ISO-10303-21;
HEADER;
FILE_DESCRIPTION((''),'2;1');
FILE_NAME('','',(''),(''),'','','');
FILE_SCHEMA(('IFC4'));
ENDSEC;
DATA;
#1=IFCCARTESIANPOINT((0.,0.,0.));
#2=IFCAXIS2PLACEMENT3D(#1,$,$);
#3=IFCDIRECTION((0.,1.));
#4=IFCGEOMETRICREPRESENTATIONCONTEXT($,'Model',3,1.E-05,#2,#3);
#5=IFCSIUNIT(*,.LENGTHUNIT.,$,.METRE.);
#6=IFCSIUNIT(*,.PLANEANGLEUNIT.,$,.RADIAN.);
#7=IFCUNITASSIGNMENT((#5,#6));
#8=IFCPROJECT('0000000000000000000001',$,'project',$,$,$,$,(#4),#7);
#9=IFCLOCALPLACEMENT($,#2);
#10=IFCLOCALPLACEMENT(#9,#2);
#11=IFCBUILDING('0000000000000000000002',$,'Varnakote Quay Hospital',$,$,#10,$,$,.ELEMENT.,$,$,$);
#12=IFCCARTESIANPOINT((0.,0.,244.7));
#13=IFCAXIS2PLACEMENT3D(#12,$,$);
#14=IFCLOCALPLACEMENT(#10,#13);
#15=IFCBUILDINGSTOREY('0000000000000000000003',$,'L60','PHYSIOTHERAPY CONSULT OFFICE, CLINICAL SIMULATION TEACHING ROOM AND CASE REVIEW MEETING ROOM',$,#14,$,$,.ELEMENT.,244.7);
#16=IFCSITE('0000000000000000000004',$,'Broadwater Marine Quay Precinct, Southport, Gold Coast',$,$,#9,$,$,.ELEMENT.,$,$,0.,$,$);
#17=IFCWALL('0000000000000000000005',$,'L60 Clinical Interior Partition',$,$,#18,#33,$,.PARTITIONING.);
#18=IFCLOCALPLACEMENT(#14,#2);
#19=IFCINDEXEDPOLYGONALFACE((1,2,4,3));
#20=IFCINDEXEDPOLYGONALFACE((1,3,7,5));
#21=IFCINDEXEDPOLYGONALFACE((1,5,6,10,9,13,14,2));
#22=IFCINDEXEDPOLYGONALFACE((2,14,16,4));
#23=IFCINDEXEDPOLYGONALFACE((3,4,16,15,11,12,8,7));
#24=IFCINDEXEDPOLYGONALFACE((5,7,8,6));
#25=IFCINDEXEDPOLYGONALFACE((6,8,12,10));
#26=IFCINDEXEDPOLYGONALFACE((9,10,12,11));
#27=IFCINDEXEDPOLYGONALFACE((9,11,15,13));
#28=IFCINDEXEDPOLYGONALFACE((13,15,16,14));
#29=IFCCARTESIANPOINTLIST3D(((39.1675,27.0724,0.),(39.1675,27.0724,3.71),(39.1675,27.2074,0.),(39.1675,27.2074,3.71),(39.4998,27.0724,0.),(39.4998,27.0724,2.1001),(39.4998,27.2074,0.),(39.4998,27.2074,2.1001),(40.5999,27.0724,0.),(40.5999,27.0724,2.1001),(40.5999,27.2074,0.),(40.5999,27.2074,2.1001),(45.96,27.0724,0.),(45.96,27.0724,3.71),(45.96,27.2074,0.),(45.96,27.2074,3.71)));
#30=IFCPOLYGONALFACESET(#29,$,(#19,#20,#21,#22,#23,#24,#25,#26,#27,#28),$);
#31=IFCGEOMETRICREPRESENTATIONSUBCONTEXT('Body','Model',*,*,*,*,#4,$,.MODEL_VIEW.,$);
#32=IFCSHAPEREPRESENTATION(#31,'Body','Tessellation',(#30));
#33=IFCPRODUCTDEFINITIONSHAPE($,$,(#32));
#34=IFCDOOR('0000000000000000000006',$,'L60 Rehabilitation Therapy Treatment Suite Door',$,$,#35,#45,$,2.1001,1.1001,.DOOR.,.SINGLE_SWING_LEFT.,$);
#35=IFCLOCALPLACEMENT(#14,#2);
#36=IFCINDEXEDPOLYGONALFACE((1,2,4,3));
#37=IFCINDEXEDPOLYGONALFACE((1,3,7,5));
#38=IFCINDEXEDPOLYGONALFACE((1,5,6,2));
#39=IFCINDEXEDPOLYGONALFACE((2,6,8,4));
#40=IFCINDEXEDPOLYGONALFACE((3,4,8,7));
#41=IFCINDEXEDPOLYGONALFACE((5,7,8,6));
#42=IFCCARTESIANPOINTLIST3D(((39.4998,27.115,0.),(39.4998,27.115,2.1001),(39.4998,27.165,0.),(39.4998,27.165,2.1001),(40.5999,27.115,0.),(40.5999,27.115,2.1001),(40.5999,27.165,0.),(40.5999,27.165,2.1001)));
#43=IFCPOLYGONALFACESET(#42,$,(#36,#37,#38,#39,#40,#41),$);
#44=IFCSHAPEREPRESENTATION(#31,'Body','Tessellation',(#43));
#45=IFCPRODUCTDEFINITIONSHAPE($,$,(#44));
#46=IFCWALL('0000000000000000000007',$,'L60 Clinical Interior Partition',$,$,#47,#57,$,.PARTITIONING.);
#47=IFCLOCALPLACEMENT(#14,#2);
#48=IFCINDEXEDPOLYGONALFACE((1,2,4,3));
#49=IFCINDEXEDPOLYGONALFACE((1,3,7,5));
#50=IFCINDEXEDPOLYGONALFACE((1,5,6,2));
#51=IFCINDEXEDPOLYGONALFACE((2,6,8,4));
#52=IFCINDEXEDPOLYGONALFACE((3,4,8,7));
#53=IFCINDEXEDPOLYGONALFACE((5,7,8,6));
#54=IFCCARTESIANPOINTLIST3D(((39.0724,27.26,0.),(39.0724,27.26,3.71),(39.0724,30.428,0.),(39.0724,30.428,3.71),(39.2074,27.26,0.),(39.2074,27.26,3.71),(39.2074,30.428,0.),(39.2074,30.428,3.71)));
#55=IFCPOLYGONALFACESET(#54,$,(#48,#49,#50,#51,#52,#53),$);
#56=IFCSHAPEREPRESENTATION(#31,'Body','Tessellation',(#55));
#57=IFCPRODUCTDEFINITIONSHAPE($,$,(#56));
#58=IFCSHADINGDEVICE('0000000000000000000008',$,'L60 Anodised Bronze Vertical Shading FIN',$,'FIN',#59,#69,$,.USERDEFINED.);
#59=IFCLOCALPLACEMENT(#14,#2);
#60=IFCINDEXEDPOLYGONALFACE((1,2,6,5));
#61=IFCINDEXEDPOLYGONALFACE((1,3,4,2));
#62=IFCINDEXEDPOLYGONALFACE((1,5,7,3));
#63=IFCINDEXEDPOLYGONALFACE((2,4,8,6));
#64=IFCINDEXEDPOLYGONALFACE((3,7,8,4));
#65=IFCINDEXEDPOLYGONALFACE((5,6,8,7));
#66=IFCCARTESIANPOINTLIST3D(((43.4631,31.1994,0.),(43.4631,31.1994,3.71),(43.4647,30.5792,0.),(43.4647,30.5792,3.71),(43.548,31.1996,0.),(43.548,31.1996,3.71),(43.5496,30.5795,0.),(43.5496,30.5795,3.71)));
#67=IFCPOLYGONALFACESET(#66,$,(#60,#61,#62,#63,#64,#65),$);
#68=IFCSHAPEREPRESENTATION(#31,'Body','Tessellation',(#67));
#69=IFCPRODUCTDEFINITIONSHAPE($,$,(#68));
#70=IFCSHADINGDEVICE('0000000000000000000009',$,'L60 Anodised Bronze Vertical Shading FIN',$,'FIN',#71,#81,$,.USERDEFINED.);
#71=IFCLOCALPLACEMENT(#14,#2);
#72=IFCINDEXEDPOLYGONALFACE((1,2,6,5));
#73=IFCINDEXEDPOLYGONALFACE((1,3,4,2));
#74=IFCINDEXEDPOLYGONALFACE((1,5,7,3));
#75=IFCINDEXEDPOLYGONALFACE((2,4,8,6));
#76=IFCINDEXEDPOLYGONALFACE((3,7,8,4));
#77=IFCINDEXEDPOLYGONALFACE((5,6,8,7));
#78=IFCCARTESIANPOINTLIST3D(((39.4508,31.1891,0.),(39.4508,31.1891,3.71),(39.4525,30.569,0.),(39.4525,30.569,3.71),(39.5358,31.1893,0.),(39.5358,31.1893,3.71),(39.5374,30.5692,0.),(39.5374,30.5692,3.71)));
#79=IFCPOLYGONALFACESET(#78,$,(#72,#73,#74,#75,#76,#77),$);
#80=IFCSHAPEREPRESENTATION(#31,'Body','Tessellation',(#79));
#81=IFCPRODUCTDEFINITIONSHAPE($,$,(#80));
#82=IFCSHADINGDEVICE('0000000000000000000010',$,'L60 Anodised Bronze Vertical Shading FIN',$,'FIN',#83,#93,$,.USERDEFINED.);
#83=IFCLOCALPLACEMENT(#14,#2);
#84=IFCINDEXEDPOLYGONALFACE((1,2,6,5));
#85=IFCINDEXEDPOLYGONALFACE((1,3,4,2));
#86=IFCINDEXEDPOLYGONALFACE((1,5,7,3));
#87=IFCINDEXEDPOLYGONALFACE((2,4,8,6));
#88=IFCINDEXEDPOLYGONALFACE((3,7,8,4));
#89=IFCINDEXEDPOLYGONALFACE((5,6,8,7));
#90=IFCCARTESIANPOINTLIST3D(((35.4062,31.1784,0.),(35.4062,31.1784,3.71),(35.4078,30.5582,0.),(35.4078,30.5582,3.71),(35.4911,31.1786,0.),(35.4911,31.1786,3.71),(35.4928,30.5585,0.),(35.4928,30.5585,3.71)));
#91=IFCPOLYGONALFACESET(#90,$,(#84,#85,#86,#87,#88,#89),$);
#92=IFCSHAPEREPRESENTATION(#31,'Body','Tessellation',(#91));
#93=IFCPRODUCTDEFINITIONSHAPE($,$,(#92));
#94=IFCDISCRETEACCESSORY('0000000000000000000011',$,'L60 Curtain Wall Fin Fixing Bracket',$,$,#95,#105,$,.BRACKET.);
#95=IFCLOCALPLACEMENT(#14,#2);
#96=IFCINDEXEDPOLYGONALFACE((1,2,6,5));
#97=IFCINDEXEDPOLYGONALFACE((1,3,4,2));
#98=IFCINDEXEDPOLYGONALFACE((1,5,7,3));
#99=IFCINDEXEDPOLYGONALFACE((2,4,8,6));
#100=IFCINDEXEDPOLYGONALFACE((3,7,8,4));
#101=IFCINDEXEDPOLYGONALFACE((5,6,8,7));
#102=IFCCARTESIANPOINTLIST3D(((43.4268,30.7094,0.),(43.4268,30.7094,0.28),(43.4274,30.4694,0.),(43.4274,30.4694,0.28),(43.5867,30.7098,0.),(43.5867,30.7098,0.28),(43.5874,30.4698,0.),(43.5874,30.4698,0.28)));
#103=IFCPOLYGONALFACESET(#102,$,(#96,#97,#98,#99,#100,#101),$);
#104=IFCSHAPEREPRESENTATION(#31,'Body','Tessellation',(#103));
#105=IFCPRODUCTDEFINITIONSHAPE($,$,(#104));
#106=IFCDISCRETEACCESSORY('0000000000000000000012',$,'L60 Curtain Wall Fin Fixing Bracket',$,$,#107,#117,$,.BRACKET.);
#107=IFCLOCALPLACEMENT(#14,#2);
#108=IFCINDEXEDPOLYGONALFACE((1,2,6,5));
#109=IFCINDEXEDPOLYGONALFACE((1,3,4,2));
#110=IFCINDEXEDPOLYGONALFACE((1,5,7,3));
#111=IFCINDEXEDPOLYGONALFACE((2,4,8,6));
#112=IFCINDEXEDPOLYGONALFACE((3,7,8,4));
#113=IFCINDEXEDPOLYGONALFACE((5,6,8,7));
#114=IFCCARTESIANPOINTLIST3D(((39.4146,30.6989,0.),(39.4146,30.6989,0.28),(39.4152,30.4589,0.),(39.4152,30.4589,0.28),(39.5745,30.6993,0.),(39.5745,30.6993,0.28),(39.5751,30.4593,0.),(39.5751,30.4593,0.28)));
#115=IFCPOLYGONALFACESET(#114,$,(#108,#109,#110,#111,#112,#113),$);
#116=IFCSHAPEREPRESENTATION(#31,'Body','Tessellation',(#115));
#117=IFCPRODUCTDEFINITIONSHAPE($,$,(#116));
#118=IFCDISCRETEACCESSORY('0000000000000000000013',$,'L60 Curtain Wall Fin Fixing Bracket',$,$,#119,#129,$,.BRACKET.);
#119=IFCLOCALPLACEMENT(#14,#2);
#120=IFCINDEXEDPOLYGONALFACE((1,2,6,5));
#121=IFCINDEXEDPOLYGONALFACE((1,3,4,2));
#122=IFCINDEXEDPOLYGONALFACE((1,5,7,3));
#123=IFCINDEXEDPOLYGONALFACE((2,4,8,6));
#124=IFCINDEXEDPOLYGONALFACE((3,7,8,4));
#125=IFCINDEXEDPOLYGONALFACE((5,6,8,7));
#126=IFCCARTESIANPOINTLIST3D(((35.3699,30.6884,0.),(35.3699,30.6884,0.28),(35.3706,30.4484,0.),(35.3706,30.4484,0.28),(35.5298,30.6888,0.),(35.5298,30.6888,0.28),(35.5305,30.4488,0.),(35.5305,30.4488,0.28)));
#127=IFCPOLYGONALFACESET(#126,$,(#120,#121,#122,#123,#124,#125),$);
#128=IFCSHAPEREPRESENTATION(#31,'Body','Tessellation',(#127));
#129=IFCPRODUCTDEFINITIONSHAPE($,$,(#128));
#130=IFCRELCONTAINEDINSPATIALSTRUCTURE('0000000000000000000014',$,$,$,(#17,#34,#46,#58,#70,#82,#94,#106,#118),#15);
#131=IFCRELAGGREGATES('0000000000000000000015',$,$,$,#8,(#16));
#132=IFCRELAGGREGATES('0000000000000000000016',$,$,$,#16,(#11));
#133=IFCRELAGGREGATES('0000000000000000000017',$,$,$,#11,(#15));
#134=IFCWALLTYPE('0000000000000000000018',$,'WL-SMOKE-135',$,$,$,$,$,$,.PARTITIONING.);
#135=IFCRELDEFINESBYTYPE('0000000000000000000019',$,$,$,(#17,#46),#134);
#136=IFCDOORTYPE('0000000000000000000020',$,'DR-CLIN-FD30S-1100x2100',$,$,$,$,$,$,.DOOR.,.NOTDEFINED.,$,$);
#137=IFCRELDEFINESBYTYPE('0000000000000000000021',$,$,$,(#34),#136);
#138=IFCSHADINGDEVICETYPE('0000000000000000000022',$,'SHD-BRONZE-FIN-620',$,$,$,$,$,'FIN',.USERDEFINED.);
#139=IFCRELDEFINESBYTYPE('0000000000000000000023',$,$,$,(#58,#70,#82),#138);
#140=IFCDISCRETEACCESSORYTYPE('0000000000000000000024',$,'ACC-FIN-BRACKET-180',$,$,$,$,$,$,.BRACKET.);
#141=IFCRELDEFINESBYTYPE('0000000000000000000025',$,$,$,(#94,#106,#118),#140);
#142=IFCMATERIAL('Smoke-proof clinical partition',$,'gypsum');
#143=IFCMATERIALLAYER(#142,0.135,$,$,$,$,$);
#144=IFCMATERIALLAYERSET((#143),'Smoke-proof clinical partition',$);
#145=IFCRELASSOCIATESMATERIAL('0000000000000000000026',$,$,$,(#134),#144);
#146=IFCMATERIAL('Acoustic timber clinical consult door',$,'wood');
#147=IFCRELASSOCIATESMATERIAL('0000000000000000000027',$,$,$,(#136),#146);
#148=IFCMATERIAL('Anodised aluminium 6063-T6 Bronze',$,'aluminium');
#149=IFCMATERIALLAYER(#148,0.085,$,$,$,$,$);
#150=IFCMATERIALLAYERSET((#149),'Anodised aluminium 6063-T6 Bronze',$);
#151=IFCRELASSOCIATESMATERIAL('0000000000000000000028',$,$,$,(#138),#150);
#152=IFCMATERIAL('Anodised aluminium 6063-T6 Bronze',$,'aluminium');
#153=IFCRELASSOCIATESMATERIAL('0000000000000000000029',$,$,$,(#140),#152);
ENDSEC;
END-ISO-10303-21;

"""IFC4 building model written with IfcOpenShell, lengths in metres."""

from ifc_helpers import new_model, si_unit, direction, frame, frame_2d, origin, origin_2d, place, context, subcontext, project, spatial, rectangle, extrude, material, layer, layer_set, type_object, element, fill, save


model = new_model("IFC4")

# Units and contexts
model_context = context("Model", 3, precision=1e-05, world=origin(), true_north=direction((0.0, 1.0)))
body_context = subcontext(model_context, "Body", "Model", "MODEL_VIEW")
ifc_project = project(units=[si_unit("LENGTHUNIT", "METRE"), si_unit("PLANEANGLEUNIT", "RADIAN")], contexts=[model_context])

# Site, building, storey
site_placement = place(None, origin())
site = spatial("IfcSite", under=ifc_project, at=site_placement, Name="Broadwater Marine Quay Precinct, Southport, Gold Coast", CompositionType="ELEMENT", RefElevation=0.0)
building_placement = place(site_placement, origin())
building = spatial("IfcBuilding", under=site, at=building_placement, Name="Varnakote Quay Hospital", CompositionType="ELEMENT")
storey_placement = place(building_placement, frame((0.0, 0.0, 244.7)))
storey = spatial("IfcBuildingStorey", under=building, at=storey_placement, Name="L60", Description="PHYSIOTHERAPY CONSULT OFFICE, CLINICAL SIMULATION TEACHING ROOM AND CASE REVIEW MEETING ROOM", CompositionType="ELEMENT", Elevation=244.7)

# Shared definitions
ifc_material_1 = material(Name="Smoke-proof clinical partition", Category="gypsum")
ifc_layer_1 = layer(ifc_material_1, 0.135)
ifc_layer_set_1 = layer_set([ifc_layer_1], Name="Smoke-proof clinical partition")
wall_type_1 = type_object("IfcWallType", Name="WL-SMOKE-135", PredefinedType="PARTITIONING", material=ifc_layer_set_1)
ifc_material_2 = material(Name="Acoustic timber clinical consult door", Category="wood")
door_type = type_object("IfcDoorType", Name="DR-CLIN-FD30S-1100x2100", OperationType="NOTDEFINED", PredefinedType="DOOR", material=ifc_material_2)

# Wall, opening, door
wall_1_placement = place(storey_placement, frame((45.96, 27.1399, 0.0), z_axis=(0.0, 0.0, 1.0), x_axis=(-1.0, 0.0, 0.0)))
wall_1 = element("IfcWall", 1, at=wall_1_placement, inside=storey, type_object=wall_type_1, Name="L60 Clinical Interior Partition", PredefinedType="PARTITIONING", context=body_context, shape_type="SweptSolid", body=[
    extrude(rectangle(XDim=6.7925, YDim=0.135, at=frame_2d((3.3962, 0.0))), origin(), (0.0, 0.0, 1.0), 3.71),
])
opening_1_placement = place(wall_1_placement, frame((5.3601, 0.0, 0.0)))
opening_1 = element("IfcOpeningElement", 2, at=opening_1_placement, cuts=wall_1, PredefinedType="OPENING", context=body_context, shape_type="SweptSolid", body=[
    extrude(rectangle(XDim=1.1001, YDim=2.1001, at=frame_2d((0.55, 1.05))), frame((0.0, 0.0774, 0.0), z_axis=(0.0, -1.0, 0.0), x_axis=(1.0, 0.0, 0.0)), (0.0, 0.0, 1.0), 0.155),
])
door_1_placement = place(opening_1_placement, origin())
door_1 = element("IfcDoor", 3, at=door_1_placement, inside=storey, type_object=door_type, Name="L60 Rehabilitation Therapy Treatment Suite Door", OperationType="SINGLE_SWING_LEFT", OverallHeight=2.1001, OverallWidth=1.1001, PredefinedType="DOOR", context=body_context, shape_type="SweptSolid", body=[
    extrude(rectangle(XDim=1.1001, YDim=2.1001, at=frame_2d((0.55, 1.05))), frame((0.0, 0.0249, 0.0), z_axis=(0.0, -1.0, 0.0), x_axis=(1.0, 0.0, 0.0)), (0.0, 0.0, 1.0), 0.05),
])
fill(opening_1, door_1)

# Wall
wall_2_placement = place(storey_placement, frame((39.1399, 27.26, 0.0), z_axis=(0.0, 0.0, 1.0), x_axis=(0.0, 1.0, 0.0)))
element("IfcWall", 4, at=wall_2_placement, inside=storey, type_object=wall_type_1, Name="L60 Clinical Interior Partition", PredefinedType="PARTITIONING", context=body_context, shape_type="SweptSolid", body=[
    extrude(rectangle(XDim=3.168, YDim=0.135, at=frame_2d((1.584, 0.0))), origin(), (0.0, 0.0, 1.0), 3.71),
])

# Shading devices
ifc_material_3 = material(Name="Anodised aluminium 6063-T6 Bronze", Category="aluminium")
ifc_layer_2 = layer(ifc_material_3, 0.085)
ifc_layer_set_2 = layer_set([ifc_layer_2], Name="Anodised aluminium 6063-T6 Bronze")
shading_device_type = type_object("IfcShadingDeviceType", Name="SHD-BRONZE-FIN-620", ElementType="FIN", PredefinedType="USERDEFINED", material=ifc_layer_set_2)
for number, where, z_axis, x_axis, name in (
    (5, (43.5063, 30.8894, 0.0), (0.0, 0.0, 1.0), (0.002618, -0.999997, 0.0), "L60 Anodised Bronze Vertical Shading FIN"),
    (6, (39.4941, 30.8792, 0.0), (0.0, 0.0, 1.0), (0.002618, -0.999997, 0.0), "L60 Anodised Bronze Vertical Shading FIN"),
    (7, (35.4495, 30.8684, 0.0), (0.0, 0.0, 1.0), (0.002618, -0.999997, 0.0), "L60 Anodised Bronze Vertical Shading FIN"),
):
    element("IfcShadingDevice", number, at=place(storey_placement, frame(where, z_axis=z_axis, x_axis=x_axis)), inside=storey, type_object=shading_device_type, Name=name, ObjectType="FIN", PredefinedType="USERDEFINED", context=body_context, shape_type="SweptSolid", body=[
        extrude(rectangle(XDim=0.6201, YDim=0.085, at=origin_2d()), origin(), (0.0, 0.0, 1.0), 3.71),
    ])

# Discrete accessories
ifc_material_4 = material(Name="Anodised aluminium 6063-T6 Bronze", Category="aluminium")
discrete_accessory_type = type_object("IfcDiscreteAccessoryType", Name="ACC-FIN-BRACKET-180", PredefinedType="BRACKET", material=ifc_material_4)
for number, where, z_axis, x_axis, name in (
    (8, (43.5071, 30.5896, 0.0), (0.0, 0.0, 1.0), (-0.999997, -0.002618, 0.0), "L60 Curtain Wall Fin Fixing Bracket"),
    (9, (39.4949, 30.5791, 0.0), (0.0, 0.0, 1.0), (-0.999997, -0.002618, 0.0), "L60 Curtain Wall Fin Fixing Bracket"),
    (10, (35.4502, 30.5686, 0.0), (0.0, 0.0, 1.0), (-0.999997, -0.002618, 0.0), "L60 Curtain Wall Fin Fixing Bracket"),
):
    element("IfcDiscreteAccessory", number, at=place(storey_placement, frame(where, z_axis=z_axis, x_axis=x_axis)), inside=storey, type_object=discrete_accessory_type, Name=name, PredefinedType="BRACKET", context=body_context, shape_type="SweptSolid", body=[
        extrude(rectangle(XDim=0.1599, YDim=0.24, at=origin_2d()), origin(), (0.0, 0.0, 1.0), 0.28),
    ])

save(model, "model.ifc")
